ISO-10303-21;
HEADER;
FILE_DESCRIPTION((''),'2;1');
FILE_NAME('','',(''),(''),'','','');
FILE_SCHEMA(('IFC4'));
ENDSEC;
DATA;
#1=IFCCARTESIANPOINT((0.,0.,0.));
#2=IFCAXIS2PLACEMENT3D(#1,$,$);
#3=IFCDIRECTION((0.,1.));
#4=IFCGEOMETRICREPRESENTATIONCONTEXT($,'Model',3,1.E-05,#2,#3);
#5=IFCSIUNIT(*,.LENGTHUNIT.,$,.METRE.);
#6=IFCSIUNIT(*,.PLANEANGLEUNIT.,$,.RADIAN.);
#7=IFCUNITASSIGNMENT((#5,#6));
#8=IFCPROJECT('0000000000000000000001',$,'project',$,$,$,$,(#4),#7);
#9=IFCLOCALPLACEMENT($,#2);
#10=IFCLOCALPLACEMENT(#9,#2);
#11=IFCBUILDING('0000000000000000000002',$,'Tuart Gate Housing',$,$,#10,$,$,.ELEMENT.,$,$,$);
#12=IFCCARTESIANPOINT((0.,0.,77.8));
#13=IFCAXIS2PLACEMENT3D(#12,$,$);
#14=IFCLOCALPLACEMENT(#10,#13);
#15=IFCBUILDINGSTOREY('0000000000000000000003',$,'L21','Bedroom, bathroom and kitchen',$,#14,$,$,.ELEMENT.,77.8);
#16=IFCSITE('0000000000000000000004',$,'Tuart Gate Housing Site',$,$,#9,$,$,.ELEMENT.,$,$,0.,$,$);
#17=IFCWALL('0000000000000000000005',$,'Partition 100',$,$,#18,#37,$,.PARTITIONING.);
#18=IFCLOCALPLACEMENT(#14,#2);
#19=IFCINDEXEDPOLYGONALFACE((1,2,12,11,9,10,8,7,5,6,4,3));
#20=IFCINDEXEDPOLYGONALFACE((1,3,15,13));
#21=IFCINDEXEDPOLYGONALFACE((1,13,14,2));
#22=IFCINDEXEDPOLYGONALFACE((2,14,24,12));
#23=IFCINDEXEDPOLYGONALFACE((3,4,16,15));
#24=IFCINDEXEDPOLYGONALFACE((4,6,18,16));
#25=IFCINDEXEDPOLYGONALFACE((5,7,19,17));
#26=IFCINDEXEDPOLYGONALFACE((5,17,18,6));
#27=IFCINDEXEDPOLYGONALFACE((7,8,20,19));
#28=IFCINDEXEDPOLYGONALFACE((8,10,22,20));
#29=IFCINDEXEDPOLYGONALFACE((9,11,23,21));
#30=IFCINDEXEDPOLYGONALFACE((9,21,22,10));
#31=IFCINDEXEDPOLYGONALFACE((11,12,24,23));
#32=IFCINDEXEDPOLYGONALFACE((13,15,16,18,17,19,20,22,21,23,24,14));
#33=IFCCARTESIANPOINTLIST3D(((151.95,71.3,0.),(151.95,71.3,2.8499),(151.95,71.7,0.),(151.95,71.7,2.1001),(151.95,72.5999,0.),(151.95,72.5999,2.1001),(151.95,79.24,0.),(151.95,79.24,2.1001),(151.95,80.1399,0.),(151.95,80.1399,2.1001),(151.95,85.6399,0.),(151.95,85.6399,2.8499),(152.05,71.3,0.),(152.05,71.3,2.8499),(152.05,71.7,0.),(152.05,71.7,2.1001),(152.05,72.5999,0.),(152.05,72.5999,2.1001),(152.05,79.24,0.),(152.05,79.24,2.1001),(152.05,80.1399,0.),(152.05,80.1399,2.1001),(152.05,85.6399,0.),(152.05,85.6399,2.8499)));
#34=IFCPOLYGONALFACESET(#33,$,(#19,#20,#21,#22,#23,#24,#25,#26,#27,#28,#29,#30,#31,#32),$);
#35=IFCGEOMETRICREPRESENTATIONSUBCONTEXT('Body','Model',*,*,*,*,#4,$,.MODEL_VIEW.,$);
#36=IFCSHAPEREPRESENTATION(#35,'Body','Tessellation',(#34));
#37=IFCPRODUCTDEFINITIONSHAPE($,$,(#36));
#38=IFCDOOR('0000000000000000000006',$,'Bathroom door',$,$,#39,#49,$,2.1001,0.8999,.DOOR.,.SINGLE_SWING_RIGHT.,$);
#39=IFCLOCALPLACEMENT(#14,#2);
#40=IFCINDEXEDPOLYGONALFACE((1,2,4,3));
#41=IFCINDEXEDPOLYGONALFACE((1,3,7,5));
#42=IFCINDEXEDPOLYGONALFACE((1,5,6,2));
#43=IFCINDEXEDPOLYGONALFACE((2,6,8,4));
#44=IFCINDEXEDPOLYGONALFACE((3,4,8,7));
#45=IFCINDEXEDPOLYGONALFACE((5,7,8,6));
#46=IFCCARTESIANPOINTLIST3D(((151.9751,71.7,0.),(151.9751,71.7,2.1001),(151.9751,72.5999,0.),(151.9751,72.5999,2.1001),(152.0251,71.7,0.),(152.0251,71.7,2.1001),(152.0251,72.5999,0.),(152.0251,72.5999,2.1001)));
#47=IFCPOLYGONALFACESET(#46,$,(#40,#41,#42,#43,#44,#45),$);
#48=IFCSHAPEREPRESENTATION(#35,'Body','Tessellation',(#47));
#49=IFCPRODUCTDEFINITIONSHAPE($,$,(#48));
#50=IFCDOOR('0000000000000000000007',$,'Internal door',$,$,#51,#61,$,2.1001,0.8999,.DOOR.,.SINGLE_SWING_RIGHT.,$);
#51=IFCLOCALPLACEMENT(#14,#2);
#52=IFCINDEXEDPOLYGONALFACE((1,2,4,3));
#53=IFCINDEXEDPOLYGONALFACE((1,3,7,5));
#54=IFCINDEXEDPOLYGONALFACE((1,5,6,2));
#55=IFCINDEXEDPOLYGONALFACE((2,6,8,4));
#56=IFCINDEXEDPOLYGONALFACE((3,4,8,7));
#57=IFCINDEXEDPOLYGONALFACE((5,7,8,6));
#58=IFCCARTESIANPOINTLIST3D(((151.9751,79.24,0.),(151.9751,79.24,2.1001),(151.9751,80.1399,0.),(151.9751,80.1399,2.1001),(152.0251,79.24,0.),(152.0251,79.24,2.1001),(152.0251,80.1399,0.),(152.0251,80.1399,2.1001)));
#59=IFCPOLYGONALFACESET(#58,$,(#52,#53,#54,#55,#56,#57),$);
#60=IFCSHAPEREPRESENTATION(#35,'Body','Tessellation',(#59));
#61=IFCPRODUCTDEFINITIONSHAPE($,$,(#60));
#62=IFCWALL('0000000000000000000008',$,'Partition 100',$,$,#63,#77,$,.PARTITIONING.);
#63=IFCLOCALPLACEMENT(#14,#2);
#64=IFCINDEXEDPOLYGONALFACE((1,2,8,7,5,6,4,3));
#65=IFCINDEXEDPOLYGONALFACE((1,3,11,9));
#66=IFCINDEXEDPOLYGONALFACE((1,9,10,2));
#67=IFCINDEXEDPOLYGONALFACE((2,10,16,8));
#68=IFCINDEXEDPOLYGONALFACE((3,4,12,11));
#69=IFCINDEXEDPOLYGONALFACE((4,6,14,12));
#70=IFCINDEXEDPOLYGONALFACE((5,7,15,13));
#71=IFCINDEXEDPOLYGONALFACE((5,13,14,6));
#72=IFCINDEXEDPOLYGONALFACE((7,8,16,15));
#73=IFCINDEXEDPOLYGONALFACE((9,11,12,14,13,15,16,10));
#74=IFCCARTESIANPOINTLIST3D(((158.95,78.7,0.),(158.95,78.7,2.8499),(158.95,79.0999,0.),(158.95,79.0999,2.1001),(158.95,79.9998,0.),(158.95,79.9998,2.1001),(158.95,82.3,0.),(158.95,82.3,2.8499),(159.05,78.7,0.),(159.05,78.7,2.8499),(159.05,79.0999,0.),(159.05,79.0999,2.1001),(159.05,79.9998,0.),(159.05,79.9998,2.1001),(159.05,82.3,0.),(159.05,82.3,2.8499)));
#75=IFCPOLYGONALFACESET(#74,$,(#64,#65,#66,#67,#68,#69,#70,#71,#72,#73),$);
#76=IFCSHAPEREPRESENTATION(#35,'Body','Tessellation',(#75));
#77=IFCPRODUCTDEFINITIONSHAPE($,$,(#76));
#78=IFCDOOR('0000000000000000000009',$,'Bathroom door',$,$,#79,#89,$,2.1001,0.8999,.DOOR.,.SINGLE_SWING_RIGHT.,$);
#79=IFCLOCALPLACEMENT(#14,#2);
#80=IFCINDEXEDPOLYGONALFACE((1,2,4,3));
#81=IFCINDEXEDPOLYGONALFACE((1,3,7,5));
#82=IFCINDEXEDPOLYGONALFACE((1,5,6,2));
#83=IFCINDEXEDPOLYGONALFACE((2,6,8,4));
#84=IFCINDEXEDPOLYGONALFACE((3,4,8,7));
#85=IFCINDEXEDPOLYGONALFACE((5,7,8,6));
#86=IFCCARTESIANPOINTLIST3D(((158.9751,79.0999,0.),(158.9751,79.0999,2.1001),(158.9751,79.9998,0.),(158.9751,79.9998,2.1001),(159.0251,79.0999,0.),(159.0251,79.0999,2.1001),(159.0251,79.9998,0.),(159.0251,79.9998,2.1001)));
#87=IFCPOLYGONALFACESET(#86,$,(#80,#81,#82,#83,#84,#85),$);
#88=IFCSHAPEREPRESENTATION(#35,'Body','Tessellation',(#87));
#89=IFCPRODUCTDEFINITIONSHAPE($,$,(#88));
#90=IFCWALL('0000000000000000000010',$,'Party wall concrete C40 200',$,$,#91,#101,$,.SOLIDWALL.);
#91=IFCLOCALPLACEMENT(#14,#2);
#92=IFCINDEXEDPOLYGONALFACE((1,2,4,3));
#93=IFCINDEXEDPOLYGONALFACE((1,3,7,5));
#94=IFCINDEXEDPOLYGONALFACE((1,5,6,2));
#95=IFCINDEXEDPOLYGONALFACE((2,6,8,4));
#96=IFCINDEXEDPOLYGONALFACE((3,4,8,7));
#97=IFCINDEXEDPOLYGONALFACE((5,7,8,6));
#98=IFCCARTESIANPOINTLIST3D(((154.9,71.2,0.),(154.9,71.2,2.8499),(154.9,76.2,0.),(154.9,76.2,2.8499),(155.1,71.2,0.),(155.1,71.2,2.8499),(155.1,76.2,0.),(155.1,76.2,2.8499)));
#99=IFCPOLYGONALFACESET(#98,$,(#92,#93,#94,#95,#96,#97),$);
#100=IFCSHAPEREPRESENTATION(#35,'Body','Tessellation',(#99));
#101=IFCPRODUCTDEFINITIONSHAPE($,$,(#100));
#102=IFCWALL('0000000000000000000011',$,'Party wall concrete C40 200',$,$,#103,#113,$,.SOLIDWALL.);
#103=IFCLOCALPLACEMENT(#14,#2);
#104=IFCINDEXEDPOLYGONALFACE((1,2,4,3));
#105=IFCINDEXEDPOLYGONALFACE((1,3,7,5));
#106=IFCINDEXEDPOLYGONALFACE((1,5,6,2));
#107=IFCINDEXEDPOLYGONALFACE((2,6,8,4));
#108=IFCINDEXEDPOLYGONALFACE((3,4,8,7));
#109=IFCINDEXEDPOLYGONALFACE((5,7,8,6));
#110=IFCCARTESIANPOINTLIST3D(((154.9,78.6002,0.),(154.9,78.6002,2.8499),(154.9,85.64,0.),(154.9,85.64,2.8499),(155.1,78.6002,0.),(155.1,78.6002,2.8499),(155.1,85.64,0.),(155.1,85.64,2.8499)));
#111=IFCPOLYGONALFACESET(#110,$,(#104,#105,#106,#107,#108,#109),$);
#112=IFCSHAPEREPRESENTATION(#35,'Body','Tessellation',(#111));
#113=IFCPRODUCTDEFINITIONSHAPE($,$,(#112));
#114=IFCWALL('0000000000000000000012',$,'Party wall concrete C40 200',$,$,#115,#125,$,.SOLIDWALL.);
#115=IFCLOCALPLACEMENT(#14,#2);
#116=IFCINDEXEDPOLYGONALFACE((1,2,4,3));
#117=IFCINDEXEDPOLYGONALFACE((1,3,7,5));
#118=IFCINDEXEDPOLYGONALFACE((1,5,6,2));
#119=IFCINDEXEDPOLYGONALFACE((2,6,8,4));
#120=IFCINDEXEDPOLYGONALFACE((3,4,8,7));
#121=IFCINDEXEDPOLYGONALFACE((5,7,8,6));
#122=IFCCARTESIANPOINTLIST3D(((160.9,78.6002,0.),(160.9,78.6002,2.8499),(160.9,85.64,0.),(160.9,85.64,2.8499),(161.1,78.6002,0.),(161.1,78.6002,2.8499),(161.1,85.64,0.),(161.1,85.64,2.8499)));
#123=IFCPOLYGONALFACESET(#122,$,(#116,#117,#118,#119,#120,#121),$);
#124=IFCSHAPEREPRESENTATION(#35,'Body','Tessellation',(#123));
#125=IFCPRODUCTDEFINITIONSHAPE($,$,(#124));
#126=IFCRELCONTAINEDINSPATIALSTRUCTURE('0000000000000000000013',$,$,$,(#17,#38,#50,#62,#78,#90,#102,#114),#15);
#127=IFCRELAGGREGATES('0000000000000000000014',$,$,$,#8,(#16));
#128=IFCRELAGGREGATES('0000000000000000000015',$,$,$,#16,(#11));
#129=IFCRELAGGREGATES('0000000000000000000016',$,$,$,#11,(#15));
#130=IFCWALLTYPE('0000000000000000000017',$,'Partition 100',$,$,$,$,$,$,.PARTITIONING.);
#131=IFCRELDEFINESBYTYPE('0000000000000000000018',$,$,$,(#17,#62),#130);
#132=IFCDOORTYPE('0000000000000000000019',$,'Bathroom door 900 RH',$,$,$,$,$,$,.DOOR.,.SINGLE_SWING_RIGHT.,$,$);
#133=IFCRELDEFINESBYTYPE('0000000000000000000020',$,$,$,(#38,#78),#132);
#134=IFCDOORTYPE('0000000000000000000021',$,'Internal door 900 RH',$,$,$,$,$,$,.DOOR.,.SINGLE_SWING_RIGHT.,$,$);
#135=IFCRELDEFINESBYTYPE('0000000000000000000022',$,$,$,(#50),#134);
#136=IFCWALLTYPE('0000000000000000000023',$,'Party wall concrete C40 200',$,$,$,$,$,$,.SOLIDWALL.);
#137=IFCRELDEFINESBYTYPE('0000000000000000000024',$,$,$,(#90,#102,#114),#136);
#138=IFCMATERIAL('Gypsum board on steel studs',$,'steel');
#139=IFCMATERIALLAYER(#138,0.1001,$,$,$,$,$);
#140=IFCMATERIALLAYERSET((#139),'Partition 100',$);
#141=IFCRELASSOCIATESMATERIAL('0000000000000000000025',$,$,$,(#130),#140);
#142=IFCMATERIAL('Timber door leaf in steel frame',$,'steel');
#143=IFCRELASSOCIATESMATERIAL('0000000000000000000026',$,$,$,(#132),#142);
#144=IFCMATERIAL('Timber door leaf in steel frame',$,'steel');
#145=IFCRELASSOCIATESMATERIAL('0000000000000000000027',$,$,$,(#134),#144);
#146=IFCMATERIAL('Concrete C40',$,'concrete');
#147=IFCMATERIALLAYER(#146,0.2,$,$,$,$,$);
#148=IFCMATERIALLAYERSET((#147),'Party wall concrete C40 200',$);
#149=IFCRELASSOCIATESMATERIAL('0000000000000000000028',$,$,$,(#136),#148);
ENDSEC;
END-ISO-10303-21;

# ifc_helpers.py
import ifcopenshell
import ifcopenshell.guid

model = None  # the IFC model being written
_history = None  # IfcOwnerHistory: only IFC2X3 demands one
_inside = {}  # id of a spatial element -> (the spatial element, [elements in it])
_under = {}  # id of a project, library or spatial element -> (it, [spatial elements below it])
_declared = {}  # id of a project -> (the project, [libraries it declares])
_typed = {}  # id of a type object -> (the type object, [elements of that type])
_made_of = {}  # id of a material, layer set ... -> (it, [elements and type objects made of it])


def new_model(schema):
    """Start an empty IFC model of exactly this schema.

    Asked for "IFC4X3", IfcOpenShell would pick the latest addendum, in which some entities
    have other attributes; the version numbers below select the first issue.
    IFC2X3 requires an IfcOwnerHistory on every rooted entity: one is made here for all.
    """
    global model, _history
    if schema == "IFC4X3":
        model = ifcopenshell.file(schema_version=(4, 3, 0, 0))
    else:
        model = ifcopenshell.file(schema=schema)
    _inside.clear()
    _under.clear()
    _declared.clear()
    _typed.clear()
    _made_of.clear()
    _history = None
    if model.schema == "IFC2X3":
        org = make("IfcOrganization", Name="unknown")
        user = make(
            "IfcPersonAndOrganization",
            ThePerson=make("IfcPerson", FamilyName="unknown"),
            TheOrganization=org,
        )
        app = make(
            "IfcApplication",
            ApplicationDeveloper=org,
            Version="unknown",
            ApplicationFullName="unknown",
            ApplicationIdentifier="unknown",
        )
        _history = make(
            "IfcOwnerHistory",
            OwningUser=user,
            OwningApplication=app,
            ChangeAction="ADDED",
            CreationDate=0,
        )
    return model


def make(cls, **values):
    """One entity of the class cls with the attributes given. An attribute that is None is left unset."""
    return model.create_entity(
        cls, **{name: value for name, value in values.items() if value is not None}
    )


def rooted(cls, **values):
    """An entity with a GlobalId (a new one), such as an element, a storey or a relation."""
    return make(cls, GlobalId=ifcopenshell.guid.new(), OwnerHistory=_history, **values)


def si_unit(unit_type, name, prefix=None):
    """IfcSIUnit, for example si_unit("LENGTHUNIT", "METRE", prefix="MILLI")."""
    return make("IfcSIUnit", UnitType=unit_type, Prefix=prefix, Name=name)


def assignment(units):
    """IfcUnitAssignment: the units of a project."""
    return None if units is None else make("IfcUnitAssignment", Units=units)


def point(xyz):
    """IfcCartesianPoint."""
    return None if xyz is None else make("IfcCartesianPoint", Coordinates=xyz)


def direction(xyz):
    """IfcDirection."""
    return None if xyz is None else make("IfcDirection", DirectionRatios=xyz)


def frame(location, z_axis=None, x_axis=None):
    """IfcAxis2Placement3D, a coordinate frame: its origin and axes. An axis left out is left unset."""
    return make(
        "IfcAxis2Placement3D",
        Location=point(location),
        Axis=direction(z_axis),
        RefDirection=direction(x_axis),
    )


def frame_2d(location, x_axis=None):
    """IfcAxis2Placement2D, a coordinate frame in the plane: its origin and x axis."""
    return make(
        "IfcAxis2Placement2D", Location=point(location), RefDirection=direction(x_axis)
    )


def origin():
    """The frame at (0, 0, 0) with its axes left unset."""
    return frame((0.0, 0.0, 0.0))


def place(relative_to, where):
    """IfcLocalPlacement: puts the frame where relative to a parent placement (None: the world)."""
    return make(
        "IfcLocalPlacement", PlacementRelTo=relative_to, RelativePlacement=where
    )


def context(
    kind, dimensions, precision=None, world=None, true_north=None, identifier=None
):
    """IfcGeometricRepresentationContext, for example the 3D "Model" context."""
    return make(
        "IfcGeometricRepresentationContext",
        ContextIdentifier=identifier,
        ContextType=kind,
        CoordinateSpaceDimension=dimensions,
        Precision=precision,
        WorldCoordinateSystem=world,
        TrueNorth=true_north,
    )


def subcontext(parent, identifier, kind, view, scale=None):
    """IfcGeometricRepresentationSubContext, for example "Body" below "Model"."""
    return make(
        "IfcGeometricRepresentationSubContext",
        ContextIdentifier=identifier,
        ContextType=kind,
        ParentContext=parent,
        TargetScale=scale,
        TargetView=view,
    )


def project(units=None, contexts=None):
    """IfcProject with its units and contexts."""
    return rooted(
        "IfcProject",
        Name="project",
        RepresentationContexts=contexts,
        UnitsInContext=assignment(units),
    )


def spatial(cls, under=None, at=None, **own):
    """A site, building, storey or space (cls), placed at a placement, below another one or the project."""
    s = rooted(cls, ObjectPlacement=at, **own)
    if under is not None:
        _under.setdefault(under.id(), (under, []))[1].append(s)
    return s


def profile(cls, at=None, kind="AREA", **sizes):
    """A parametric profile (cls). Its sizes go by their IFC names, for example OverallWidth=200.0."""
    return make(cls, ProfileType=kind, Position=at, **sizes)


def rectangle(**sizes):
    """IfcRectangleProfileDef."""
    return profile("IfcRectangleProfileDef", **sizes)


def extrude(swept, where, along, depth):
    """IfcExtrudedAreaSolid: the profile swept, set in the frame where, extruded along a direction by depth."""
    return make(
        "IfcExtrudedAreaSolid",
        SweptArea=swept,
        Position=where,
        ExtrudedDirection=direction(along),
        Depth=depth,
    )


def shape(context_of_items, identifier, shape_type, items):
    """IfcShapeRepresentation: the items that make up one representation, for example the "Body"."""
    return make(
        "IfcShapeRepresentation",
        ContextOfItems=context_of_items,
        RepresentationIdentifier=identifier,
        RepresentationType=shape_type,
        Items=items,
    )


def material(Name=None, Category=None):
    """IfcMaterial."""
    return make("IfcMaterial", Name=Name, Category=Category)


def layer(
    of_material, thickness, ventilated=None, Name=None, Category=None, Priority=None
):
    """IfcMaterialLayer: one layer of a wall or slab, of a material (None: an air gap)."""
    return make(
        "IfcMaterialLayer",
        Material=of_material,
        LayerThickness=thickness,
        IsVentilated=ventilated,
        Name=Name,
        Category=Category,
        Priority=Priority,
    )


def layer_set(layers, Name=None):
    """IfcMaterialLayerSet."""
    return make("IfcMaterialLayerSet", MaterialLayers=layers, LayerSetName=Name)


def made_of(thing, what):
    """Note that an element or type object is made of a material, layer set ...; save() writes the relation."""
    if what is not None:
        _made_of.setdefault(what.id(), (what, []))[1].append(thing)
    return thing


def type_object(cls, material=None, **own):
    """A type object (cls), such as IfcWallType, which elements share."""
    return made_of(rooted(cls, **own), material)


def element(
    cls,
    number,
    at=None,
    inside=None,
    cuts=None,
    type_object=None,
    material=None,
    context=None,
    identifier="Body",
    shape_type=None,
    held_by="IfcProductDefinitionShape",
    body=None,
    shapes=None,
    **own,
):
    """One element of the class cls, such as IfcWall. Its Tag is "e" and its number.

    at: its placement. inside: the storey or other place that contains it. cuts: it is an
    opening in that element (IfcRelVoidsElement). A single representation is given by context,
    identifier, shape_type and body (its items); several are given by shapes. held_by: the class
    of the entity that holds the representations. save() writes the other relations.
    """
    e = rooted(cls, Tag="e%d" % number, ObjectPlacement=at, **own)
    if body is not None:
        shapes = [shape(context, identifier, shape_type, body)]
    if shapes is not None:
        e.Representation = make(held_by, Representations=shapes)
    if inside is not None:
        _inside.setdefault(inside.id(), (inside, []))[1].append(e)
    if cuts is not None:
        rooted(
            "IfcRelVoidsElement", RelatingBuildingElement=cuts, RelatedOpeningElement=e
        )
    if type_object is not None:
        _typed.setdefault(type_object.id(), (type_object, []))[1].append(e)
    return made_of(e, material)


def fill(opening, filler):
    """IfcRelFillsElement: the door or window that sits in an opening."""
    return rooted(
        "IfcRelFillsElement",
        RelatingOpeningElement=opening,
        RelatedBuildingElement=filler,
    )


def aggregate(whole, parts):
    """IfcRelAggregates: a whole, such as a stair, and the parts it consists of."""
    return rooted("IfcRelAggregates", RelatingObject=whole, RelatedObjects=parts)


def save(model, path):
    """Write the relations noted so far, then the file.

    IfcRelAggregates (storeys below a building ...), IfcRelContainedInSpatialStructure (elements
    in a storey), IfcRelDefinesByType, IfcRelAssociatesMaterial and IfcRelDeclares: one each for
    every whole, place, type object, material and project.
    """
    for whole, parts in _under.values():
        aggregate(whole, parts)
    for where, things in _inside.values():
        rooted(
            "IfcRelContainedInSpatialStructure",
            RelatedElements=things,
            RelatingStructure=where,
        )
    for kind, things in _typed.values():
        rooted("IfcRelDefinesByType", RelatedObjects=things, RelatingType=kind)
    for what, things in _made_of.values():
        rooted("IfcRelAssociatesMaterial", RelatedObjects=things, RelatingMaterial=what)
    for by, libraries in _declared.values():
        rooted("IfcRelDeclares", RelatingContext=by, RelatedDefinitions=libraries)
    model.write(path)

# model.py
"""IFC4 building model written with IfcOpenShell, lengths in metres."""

from ifc_helpers import new_model, si_unit, direction, frame, frame_2d, origin, place, context, subcontext, project, spatial, rectangle, extrude, material, layer, layer_set, type_object, element, fill, save


model = new_model("IFC4")

# Units and contexts
model_context = context("Model", 3, precision=1e-05, world=origin(), true_north=direction((0.0, 1.0)))
body_context = subcontext(model_context, "Body", "Model", "MODEL_VIEW")
ifc_project = project(units=[si_unit("LENGTHUNIT", "METRE"), si_unit("PLANEANGLEUNIT", "RADIAN")], contexts=[model_context])

# Site, building, storey
site_placement = place(None, origin())
site = spatial("IfcSite", under=ifc_project, at=site_placement, Name="Tuart Gate Housing Site", CompositionType="ELEMENT", RefElevation=0.0)
building_placement = place(site_placement, origin())
building = spatial("IfcBuilding", under=site, at=building_placement, Name="Tuart Gate Housing", CompositionType="ELEMENT")
storey_placement = place(building_placement, frame((0.0, 0.0, 77.8)))
storey = spatial("IfcBuildingStorey", under=building, at=storey_placement, Name="L21", Description="Bedroom, bathroom and kitchen", CompositionType="ELEMENT", Elevation=77.8)

# Shared definitions
ifc_material_1 = material(Name="Gypsum board on steel studs", Category="steel")
ifc_layer_1 = layer(ifc_material_1, 0.1001)
ifc_layer_set_1 = layer_set([ifc_layer_1], Name="Partition 100")
wall_type_1 = type_object("IfcWallType", Name="Partition 100", PredefinedType="PARTITIONING", material=ifc_layer_set_1)

# Wall, openings, doors
wall_1_placement = place(storey_placement, frame((152.0, 71.3, 0.0), z_axis=(0.0, 0.0, 1.0), x_axis=(0.0, 1.0, 0.0)))
wall_1 = element("IfcWall", 1, at=wall_1_placement, inside=storey, type_object=wall_type_1, Name="Partition 100", PredefinedType="PARTITIONING", context=body_context, shape_type="SweptSolid", body=[
    extrude(rectangle(XDim=14.3398, YDim=0.1001, at=frame_2d((7.1699, 0.0))), origin(), (0.0, 0.0, 1.0), 2.8499),
])
opening_1_placement = place(wall_1_placement, frame((7.9399, 0.0, 0.0)))
opening_1 = element("IfcOpeningElement", 2, at=opening_1_placement, cuts=wall_1, PredefinedType="OPENING", context=body_context, shape_type="SweptSolid", body=[
    extrude(rectangle(XDim=0.8999, YDim=2.1001, at=frame_2d((0.45, 1.05))), frame((0.0, 0.0601, 0.0), z_axis=(0.0, -1.0, 0.0), x_axis=(1.0, 0.0, 0.0)), (0.0, 0.0, 1.0), 0.1201),
])
opening_2_placement = place(wall_1_placement, frame((0.3999, 0.0, 0.0)))
opening_2 = element("IfcOpeningElement", 3, at=opening_2_placement, cuts=wall_1, PredefinedType="OPENING", context=body_context, shape_type="SweptSolid", body=[
    extrude(rectangle(XDim=0.8999, YDim=2.1001, at=frame_2d((0.45, 1.05))), frame((0.0, 0.0601, 0.0), z_axis=(0.0, -1.0, 0.0), x_axis=(1.0, 0.0, 0.0)), (0.0, 0.0, 1.0), 0.1201),
])
ifc_material_2 = material(Name="Timber door leaf in steel frame", Category="steel")
door_type_1 = type_object("IfcDoorType", Name="Bathroom door 900 RH", OperationType="SINGLE_SWING_RIGHT", PredefinedType="DOOR", material=ifc_material_2)
door_1_placement = place(opening_2_placement, frame((0.8999, 0.0, 0.0), z_axis=(0.0, 0.0, 1.0), x_axis=(-1.0, 0.0, 0.0)))
door_1 = element("IfcDoor", 4, at=door_1_placement, inside=storey, type_object=door_type_1, Name="Bathroom door", OperationType="SINGLE_SWING_RIGHT", OverallHeight=2.1001, OverallWidth=0.8999, PredefinedType="DOOR", context=body_context, shape_type="SweptSolid", body=[
    extrude(rectangle(XDim=0.8999, YDim=2.1001, at=frame_2d((0.45, 1.05))), frame((0.0, 0.0251, 0.0), z_axis=(0.0, -1.0, 0.0), x_axis=(1.0, 0.0, 0.0)), (0.0, 0.0, 1.0), 0.05),
])
fill(opening_2, door_1)
ifc_material_3 = material(Name="Timber door leaf in steel frame", Category="steel")
door_type_2 = type_object("IfcDoorType", Name="Internal door 900 RH", OperationType="SINGLE_SWING_RIGHT", PredefinedType="DOOR", material=ifc_material_3)
door_2_placement = place(opening_1_placement, frame((0.8999, 0.0, 0.0), z_axis=(0.0, 0.0, 1.0), x_axis=(-1.0, 0.0, 0.0)))
door_2 = element("IfcDoor", 5, at=door_2_placement, inside=storey, type_object=door_type_2, Name="Internal door", OperationType="SINGLE_SWING_RIGHT", OverallHeight=2.1001, OverallWidth=0.8999, PredefinedType="DOOR", context=body_context, shape_type="SweptSolid", body=[
    extrude(rectangle(XDim=0.8999, YDim=2.1001, at=frame_2d((0.45, 1.05))), frame((0.0, 0.0251, 0.0), z_axis=(0.0, -1.0, 0.0), x_axis=(1.0, 0.0, 0.0)), (0.0, 0.0, 1.0), 0.05),
])
fill(opening_1, door_2)

# Wall, opening, door
wall_2_placement = place(storey_placement, frame((159.0, 78.7, 0.0), z_axis=(0.0, 0.0, 1.0), x_axis=(0.0, 1.0, 0.0)))
wall_2 = element("IfcWall", 6, at=wall_2_placement, inside=storey, type_object=wall_type_1, Name="Partition 100", PredefinedType="PARTITIONING", context=body_context, shape_type="SweptSolid", body=[
    extrude(rectangle(XDim=3.6001, YDim=0.1001, at=frame_2d((1.8, 0.0))), origin(), (0.0, 0.0, 1.0), 2.8499),
])
opening_3_placement = place(wall_2_placement, frame((0.3999, 0.0, 0.0)))
opening_3 = element("IfcOpeningElement", 7, at=opening_3_placement, cuts=wall_2, PredefinedType="OPENING", context=body_context, shape_type="SweptSolid", body=[
    extrude(rectangle(XDim=0.8999, YDim=2.1001, at=frame_2d((0.45, 1.05))), frame((0.0, 0.0601, 0.0), z_axis=(0.0, -1.0, 0.0), x_axis=(1.0, 0.0, 0.0)), (0.0, 0.0, 1.0), 0.1201),
])
door_3_placement = place(opening_3_placement, frame((0.8999, 0.0, 0.0), z_axis=(0.0, 0.0, 1.0), x_axis=(-1.0, 0.0, 0.0)))
door_3 = element("IfcDoor", 8, at=door_3_placement, inside=storey, type_object=door_type_1, Name="Bathroom door", OperationType="SINGLE_SWING_RIGHT", OverallHeight=2.1001, OverallWidth=0.8999, PredefinedType="DOOR", context=body_context, shape_type="SweptSolid", body=[
    extrude(rectangle(XDim=0.8999, YDim=2.1001, at=frame_2d((0.45, 1.05))), frame((0.0, 0.0251, 0.0), z_axis=(0.0, -1.0, 0.0), x_axis=(1.0, 0.0, 0.0)), (0.0, 0.0, 1.0), 0.05),
])
fill(opening_3, door_3)

# Walls
ifc_material_4 = material(Name="Concrete C40", Category="concrete")
ifc_layer_2 = layer(ifc_material_4, 0.2)
ifc_layer_set_2 = layer_set([ifc_layer_2], Name="Party wall concrete C40 200")
wall_type_2 = type_object("IfcWallType", Name="Party wall concrete C40 200", PredefinedType="SOLIDWALL", material=ifc_layer_set_2)
wall_3_placement = place(storey_placement, frame((155.0, 71.2, 0.0), z_axis=(0.0, 0.0, 1.0), x_axis=(0.0, 1.0, 0.0)))
element("IfcWall", 9, at=wall_3_placement, inside=storey, type_object=wall_type_2, Name="Party wall concrete C40 200", PredefinedType="SOLIDWALL", context=body_context, shape_type="SweptSolid", body=[
    extrude(rectangle(XDim=5.0, YDim=0.2, at=frame_2d((2.5, 0.0))), origin(), (0.0, 0.0, 1.0), 2.8499),
])
for number, where, z_axis, x_axis, name in (
    (10, (155.0, 78.6001, 0.0), (0.0, 0.0, 1.0), (0.0, 1.0, 0.0), "Party wall concrete C40 200"),
    (11, (161.0, 78.6001, 0.0), (0.0, 0.0, 1.0), (0.0, 1.0, 0.0), "Party wall concrete C40 200"),
):
    element("IfcWall", number, at=place(storey_placement, frame(where, z_axis=z_axis, x_axis=x_axis)), inside=storey, type_object=wall_type_2, Name=name, PredefinedType="SOLIDWALL", context=body_context, shape_type="SweptSolid", body=[
        extrude(rectangle(XDim=7.0398, YDim=0.2, at=frame_2d((3.52, 0.0))), origin(), (0.0, 0.0, 1.0), 2.8499),
    ])

save(model, "model.ifc")
